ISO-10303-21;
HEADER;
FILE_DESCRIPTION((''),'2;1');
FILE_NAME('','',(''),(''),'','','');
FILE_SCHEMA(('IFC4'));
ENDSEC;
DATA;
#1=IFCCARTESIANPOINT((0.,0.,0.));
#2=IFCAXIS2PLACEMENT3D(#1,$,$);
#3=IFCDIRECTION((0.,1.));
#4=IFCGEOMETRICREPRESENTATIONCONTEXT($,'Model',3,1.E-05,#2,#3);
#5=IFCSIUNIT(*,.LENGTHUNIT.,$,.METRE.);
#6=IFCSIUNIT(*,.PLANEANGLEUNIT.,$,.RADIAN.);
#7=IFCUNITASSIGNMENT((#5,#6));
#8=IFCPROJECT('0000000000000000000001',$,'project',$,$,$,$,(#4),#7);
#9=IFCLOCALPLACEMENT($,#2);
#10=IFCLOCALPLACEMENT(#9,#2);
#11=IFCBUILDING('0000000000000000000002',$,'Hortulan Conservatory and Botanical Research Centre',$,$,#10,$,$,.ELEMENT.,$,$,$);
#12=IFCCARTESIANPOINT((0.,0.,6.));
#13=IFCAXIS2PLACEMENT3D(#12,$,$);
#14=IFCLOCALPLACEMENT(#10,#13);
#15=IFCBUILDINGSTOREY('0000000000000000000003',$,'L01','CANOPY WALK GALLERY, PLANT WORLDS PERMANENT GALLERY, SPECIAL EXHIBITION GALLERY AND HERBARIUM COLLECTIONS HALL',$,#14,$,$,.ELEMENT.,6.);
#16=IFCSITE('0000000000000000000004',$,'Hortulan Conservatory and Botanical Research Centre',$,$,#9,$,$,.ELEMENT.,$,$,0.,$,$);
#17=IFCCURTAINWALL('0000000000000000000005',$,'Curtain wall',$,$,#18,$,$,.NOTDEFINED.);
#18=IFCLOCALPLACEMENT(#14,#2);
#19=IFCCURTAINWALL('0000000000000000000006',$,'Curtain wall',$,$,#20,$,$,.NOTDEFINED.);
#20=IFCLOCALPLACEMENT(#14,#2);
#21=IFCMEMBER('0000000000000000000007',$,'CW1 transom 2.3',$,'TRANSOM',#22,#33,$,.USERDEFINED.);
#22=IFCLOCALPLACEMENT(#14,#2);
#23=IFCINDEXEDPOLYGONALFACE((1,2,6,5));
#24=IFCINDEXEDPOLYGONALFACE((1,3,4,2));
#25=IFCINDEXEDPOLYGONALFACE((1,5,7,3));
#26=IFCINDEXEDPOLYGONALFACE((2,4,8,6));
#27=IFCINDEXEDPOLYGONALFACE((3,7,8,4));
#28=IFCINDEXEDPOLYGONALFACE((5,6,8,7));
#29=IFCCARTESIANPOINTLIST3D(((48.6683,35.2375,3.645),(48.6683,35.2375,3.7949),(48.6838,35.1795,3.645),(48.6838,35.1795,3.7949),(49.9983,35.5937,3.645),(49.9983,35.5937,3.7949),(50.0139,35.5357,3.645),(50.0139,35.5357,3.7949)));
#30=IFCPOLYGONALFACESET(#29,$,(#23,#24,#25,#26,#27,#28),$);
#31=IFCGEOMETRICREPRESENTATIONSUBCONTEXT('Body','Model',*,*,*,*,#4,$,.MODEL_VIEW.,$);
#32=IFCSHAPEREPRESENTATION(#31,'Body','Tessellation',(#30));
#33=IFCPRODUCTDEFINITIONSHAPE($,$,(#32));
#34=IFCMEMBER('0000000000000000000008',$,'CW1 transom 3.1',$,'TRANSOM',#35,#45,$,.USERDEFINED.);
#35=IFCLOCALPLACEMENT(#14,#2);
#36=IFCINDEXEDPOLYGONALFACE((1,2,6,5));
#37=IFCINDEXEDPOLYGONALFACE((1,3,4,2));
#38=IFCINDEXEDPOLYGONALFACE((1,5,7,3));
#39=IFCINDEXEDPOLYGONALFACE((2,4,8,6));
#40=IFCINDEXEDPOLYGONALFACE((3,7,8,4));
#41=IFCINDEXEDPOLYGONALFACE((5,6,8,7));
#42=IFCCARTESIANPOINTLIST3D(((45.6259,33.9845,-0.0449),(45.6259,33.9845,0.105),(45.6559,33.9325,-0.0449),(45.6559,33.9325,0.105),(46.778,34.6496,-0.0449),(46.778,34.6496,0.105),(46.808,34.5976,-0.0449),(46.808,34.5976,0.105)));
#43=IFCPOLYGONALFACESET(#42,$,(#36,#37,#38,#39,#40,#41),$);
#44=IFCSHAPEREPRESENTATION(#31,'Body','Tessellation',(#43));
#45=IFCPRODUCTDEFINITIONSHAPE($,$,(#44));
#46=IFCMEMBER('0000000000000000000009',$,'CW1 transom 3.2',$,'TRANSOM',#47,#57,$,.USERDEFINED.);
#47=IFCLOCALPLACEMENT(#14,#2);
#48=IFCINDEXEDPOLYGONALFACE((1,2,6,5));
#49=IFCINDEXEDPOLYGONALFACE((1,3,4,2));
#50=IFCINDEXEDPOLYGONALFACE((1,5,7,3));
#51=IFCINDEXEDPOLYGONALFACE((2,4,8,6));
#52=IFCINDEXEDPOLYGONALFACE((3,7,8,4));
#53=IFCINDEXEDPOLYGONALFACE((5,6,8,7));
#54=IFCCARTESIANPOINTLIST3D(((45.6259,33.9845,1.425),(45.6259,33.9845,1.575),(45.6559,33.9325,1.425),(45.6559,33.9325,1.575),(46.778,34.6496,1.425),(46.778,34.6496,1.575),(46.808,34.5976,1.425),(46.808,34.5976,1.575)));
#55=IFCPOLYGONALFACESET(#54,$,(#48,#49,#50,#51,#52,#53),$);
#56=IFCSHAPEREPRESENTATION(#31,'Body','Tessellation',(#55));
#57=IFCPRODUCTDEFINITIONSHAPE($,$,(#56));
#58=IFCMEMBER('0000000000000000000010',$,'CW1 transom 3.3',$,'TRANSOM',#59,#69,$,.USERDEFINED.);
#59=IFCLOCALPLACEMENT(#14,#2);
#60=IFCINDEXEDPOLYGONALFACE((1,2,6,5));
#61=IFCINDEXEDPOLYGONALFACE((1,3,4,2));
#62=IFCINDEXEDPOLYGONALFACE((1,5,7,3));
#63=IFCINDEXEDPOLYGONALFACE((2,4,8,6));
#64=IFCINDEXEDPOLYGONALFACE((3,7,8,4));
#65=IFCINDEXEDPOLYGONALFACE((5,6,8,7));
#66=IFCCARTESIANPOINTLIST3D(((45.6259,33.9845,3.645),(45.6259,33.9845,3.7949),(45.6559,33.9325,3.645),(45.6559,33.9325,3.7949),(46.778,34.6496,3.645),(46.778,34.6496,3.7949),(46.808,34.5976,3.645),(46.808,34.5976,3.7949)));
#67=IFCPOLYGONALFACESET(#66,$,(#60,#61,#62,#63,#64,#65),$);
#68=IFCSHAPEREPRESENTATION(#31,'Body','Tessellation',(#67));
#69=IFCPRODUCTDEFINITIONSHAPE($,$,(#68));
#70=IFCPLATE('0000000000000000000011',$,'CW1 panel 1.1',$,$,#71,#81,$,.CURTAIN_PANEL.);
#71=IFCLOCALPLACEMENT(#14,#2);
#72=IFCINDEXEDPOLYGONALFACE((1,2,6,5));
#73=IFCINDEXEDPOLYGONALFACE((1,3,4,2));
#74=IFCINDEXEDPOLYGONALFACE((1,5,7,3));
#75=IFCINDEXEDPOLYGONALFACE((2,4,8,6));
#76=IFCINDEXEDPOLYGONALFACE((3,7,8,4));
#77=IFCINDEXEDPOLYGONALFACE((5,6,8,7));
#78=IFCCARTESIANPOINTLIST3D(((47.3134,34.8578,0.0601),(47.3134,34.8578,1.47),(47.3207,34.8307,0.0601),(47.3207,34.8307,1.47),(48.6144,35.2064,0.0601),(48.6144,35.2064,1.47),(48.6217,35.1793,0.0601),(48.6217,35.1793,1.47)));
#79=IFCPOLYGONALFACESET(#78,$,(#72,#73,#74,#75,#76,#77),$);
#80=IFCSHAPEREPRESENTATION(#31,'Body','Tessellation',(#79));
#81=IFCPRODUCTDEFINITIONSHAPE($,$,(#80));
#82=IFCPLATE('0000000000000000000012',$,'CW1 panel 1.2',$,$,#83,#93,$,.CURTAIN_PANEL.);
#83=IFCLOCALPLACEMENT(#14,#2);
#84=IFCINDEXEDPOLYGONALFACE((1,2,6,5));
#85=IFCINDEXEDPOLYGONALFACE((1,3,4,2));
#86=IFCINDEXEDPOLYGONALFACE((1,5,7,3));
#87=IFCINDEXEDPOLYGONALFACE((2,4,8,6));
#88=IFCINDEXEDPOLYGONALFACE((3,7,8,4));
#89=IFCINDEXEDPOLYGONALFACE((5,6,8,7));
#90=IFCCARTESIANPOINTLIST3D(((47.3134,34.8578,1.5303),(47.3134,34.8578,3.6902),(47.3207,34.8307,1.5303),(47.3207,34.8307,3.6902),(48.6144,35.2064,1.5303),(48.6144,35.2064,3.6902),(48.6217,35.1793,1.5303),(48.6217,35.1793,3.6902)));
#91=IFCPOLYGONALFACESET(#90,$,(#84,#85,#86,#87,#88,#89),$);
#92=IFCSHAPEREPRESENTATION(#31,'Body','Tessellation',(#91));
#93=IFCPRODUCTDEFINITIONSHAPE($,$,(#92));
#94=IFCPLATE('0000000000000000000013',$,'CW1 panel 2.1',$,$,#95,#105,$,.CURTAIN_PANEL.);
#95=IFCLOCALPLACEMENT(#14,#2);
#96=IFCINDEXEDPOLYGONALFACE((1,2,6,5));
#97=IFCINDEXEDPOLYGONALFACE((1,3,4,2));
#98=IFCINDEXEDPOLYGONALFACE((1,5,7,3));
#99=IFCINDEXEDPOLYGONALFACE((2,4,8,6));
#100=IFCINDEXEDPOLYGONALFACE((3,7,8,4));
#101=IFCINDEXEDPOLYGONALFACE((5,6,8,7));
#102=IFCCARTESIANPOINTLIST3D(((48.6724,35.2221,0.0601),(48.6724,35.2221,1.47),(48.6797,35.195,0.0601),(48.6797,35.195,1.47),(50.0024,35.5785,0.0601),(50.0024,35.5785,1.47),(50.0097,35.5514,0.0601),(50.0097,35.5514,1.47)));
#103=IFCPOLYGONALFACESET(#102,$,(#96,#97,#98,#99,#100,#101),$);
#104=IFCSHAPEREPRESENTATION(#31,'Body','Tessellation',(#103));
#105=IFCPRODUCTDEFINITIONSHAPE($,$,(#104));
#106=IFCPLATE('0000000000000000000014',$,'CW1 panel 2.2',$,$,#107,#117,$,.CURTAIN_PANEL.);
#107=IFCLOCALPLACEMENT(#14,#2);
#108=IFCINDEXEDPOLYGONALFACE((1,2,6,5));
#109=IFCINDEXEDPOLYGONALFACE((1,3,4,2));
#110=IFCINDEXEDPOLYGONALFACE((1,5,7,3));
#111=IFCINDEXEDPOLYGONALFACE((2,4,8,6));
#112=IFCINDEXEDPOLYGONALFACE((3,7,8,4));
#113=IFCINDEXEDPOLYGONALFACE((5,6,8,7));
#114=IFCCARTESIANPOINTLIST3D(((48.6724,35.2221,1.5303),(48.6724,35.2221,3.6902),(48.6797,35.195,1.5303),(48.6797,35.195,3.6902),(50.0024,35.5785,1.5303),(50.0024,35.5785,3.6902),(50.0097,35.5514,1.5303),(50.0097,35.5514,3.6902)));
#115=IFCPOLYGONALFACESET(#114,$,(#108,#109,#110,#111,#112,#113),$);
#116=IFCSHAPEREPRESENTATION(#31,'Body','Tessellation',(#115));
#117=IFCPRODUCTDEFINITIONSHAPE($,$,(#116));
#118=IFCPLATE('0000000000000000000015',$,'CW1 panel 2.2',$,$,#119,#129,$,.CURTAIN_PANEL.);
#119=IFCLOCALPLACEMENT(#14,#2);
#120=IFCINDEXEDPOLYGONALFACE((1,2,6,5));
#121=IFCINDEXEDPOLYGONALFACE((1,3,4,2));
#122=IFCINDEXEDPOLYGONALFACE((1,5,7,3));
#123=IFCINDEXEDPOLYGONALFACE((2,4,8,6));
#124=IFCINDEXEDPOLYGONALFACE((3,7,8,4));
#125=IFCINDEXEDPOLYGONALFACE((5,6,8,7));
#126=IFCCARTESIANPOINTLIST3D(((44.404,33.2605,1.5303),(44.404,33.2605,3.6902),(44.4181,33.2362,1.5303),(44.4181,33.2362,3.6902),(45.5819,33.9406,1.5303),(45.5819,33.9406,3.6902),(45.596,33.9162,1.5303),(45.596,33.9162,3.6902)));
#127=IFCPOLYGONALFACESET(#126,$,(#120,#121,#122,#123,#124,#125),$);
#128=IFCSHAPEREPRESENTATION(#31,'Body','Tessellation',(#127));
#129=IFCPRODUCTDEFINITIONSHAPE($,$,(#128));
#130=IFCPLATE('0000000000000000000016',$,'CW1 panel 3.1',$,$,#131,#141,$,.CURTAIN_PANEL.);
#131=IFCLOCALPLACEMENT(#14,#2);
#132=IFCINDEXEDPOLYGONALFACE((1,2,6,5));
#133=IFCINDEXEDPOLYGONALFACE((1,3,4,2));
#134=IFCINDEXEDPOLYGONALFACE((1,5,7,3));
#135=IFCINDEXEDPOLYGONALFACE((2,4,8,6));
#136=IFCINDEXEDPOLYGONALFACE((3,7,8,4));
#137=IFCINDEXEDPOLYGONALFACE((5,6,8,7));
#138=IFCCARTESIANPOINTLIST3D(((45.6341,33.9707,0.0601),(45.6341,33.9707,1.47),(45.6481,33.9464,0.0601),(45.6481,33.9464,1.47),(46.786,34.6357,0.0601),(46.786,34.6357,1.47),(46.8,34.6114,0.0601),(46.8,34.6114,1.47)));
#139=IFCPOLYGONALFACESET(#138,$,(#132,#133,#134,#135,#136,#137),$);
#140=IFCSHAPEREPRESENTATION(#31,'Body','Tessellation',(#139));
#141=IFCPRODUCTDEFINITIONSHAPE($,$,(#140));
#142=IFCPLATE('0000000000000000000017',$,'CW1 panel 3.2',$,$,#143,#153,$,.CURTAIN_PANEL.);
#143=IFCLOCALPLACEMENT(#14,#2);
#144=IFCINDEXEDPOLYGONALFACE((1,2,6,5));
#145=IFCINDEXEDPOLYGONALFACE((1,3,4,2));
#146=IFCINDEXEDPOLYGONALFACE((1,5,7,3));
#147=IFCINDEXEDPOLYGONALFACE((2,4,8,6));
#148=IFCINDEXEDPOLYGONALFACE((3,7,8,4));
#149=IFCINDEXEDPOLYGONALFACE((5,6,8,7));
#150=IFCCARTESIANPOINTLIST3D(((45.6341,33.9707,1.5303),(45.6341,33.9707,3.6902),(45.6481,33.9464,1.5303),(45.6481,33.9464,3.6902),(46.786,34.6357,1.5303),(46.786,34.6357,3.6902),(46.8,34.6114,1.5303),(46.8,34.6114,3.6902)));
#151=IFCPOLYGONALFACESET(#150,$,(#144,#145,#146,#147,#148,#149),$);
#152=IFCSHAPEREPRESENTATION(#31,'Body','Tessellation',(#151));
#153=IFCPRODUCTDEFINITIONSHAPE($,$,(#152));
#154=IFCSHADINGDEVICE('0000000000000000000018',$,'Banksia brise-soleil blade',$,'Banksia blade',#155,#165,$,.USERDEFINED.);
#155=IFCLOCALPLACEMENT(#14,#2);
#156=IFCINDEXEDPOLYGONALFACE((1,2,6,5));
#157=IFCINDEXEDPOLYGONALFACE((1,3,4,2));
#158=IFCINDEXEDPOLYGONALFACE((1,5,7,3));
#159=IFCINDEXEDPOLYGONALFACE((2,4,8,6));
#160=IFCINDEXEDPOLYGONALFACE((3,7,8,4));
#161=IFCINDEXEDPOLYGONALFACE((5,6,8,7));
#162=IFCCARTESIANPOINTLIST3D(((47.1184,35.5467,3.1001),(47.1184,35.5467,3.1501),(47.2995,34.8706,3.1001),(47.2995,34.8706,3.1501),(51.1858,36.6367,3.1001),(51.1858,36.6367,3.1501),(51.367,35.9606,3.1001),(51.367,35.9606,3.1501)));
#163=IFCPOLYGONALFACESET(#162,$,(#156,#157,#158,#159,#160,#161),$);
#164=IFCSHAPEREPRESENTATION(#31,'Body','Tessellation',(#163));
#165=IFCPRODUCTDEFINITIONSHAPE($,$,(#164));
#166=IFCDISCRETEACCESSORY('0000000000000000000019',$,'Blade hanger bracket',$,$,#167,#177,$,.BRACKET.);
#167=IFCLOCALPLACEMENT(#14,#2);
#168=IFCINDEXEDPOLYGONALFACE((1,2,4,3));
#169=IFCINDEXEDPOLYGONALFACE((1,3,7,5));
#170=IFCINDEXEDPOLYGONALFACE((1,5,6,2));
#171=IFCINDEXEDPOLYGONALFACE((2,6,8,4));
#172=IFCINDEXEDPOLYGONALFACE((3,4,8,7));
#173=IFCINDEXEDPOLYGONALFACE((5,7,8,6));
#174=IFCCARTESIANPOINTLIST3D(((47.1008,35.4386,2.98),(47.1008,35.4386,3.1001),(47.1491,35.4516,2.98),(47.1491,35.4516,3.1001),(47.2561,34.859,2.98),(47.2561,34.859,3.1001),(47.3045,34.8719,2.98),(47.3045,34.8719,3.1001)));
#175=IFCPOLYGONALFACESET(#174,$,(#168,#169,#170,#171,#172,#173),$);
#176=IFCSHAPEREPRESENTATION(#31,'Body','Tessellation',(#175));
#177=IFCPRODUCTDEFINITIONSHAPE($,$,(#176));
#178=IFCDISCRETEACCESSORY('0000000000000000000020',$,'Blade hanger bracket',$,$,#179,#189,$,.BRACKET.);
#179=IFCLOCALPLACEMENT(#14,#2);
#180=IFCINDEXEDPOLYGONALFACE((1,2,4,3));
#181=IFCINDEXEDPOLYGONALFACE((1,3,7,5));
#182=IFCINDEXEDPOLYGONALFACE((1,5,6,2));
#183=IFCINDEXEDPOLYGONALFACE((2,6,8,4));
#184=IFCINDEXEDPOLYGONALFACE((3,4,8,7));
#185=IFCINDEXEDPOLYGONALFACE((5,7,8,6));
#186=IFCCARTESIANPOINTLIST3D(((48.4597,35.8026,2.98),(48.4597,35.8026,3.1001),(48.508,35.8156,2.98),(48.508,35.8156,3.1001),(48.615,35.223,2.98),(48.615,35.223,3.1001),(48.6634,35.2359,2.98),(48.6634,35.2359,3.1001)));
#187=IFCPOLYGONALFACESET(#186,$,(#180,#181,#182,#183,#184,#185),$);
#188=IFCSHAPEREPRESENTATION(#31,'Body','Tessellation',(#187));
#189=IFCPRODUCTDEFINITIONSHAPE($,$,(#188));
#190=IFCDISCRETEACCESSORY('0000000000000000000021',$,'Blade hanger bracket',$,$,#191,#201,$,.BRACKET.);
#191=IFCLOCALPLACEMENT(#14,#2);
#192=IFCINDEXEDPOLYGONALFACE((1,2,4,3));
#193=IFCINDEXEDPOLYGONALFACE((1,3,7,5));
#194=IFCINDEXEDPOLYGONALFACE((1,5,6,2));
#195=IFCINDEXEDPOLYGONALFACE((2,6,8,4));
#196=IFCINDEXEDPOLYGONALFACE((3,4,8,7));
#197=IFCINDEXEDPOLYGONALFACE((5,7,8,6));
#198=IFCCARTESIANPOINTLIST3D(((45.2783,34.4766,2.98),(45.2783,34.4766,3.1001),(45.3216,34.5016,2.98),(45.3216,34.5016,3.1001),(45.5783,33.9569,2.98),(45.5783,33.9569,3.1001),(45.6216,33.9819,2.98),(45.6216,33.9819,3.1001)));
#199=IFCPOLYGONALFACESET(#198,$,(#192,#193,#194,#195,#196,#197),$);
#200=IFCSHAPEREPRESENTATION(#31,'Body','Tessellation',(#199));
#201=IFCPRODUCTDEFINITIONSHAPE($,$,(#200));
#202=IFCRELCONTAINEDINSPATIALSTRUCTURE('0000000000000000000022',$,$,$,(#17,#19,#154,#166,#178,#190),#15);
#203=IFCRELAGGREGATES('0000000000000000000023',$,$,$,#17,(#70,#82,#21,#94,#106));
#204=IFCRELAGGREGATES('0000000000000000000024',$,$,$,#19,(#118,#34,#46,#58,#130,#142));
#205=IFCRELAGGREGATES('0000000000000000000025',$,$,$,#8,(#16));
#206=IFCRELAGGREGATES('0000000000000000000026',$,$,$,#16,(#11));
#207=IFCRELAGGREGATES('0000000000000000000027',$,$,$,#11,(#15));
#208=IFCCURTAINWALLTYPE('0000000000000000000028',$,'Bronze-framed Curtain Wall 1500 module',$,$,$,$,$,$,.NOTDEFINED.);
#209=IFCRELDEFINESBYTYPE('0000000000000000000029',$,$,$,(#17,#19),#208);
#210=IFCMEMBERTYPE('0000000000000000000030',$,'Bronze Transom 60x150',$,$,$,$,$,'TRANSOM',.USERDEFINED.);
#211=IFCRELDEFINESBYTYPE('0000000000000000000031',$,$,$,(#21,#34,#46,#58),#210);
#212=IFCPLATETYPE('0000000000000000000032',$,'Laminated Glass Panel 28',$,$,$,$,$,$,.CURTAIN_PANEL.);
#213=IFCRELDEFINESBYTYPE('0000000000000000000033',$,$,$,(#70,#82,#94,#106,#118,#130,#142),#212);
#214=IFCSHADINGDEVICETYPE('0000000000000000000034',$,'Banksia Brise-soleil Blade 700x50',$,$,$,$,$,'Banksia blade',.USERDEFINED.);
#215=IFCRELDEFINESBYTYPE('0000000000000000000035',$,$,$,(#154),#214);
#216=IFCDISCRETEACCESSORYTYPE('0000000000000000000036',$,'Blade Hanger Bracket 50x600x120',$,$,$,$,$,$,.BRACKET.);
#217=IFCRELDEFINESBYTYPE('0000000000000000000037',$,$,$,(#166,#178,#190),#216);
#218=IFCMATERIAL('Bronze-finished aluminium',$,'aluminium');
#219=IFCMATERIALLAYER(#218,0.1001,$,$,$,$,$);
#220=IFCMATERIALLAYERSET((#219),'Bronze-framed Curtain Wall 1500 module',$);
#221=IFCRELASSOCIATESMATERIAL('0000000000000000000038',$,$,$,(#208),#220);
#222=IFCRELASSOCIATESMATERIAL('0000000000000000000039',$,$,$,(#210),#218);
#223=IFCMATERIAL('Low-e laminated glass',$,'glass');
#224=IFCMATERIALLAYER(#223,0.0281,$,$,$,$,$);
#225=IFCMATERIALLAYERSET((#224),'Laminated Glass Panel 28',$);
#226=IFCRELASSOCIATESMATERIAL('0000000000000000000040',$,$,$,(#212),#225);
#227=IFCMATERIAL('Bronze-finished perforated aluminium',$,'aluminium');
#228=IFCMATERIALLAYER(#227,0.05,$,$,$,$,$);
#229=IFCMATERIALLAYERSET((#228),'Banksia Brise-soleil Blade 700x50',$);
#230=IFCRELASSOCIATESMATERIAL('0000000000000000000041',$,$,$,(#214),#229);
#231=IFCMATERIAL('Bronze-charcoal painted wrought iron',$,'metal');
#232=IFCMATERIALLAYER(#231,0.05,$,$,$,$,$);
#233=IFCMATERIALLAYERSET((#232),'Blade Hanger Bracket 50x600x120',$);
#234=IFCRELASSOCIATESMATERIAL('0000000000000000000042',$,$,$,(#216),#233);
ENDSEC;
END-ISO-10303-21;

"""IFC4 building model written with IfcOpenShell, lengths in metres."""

from ifc_helpers import new_model, si_unit, direction, frame, origin, origin_2d, place, context, subcontext, project, spatial, rectangle, extrude, material, layer, layer_set, material_profile, profile_set, type_object, element, aggregate, save


model = new_model("IFC4")

# Units and contexts
model_context = context("Model", 3, precision=1e-05, world=origin(), true_north=direction((0.0, 1.0)))
body_context = subcontext(model_context, "Body", "Model", "MODEL_VIEW")
ifc_project = project(units=[si_unit("LENGTHUNIT", "METRE"), si_unit("PLANEANGLEUNIT", "RADIAN")], contexts=[model_context])

# Site, building, storey
site_placement = place(None, origin())
site = spatial("IfcSite", under=ifc_project, at=site_placement, Name="Hortulan Conservatory and Botanical Research Centre", CompositionType="ELEMENT", RefElevation=0.0)
building_placement = place(site_placement, origin())
building = spatial("IfcBuilding", under=site, at=building_placement, Name="Hortulan Conservatory and Botanical Research Centre", CompositionType="ELEMENT")
storey_placement = place(building_placement, frame((0.0, 0.0, 6.0)))
storey = spatial("IfcBuildingStorey", under=building, at=storey_placement, Name="L01", Description="CANOPY WALK GALLERY, PLANT WORLDS PERMANENT GALLERY, SPECIAL EXHIBITION GALLERY AND HERBARIUM COLLECTIONS HALL", CompositionType="ELEMENT", Elevation=6.0)

# Curtain walls
ifc_material_1 = material(Name="Bronze-finished aluminium", Category="aluminium")
ifc_layer_1 = layer(ifc_material_1, 0.1001)
ifc_layer_set_1 = layer_set([ifc_layer_1], Name="Bronze-framed Curtain Wall 1500 module")
curtain_wall_type = type_object("IfcCurtainWallType", Name="Bronze-framed Curtain Wall 1500 module", PredefinedType="NOTDEFINED", material=ifc_layer_set_1)
curtain_wall_1_placement = place(storey_placement, origin())
curtain_wall_1 = element("IfcCurtainWall", 1, at=curtain_wall_1_placement, inside=storey, type_object=curtain_wall_type, Name="Curtain wall", PredefinedType="NOTDEFINED")
curtain_wall_2_placement = place(storey_placement, origin())
curtain_wall_2 = element("IfcCurtainWall", 2, at=curtain_wall_2_placement, inside=storey, type_object=curtain_wall_type, Name="Curtain wall", PredefinedType="NOTDEFINED")

# Members
ifc_material_profile_1 = material_profile(ifc_material_1, rectangle(XDim=0.0601, YDim=0.1499, at=origin_2d()), Name="Bronze Transom 60x150")
ifc_profile_set_1 = profile_set([ifc_material_profile_1], Name="Bronze-finished aluminium")
member_type_1 = type_object("IfcMemberType", Name="Bronze Transom 60x150", ElementType="TRANSOM", PredefinedType="USERDEFINED", material=ifc_profile_set_1)
member_1_placement = place(storey_placement, frame((48.676, 35.2085, 3.72), z_axis=(0.965961, 0.258689, 0.0), x_axis=(-0.258689, 0.965961, 0.0)))
member_1 = element("IfcMember", 3, at=member_1_placement, type_object=member_type_1, Name="CW1 transom 2.3", ObjectType="TRANSOM", PredefinedType="USERDEFINED", context=body_context, shape_type="SweptSolid", body=[
    extrude(rectangle(XDim=0.0601, YDim=0.1499, at=origin_2d()), origin(), (0.0, 0.0, 1.0), 1.377),
])
member_2_placement = place(storey_placement, frame((45.6409, 33.9585, 0.03), z_axis=(0.866066, 0.499929, 0.0), x_axis=(-0.499929, 0.866066, 0.0)))
member_2 = element("IfcMember", 4, at=member_2_placement, type_object=member_type_1, Name="CW1 transom 3.1", ObjectType="TRANSOM", PredefinedType="USERDEFINED", context=body_context, shape_type="SweptSolid", body=[
    extrude(rectangle(XDim=0.0601, YDim=0.1499, at=origin_2d()), origin(), (0.0, 0.0, 1.0), 1.3303),
])
member_3_placement = place(storey_placement, frame((45.6409, 33.9585, 1.5), z_axis=(0.866066, 0.499929, 0.0), x_axis=(-0.499929, 0.866066, 0.0)))
member_3 = element("IfcMember", 5, at=member_3_placement, type_object=member_type_1, Name="CW1 transom 3.2", ObjectType="TRANSOM", PredefinedType="USERDEFINED", context=body_context, shape_type="SweptSolid", body=[
    extrude(rectangle(XDim=0.0601, YDim=0.1499, at=origin_2d()), origin(), (0.0, 0.0, 1.0), 1.3303),
])
member_4_placement = place(storey_placement, frame((45.6409, 33.9585, 3.72), z_axis=(0.866066, 0.499929, 0.0), x_axis=(-0.499929, 0.866066, 0.0)))
member_4 = element("IfcMember", 6, at=member_4_placement, type_object=member_type_1, Name="CW1 transom 3.3", ObjectType="TRANSOM", PredefinedType="USERDEFINED", context=body_context, shape_type="SweptSolid", body=[
    extrude(rectangle(XDim=0.0601, YDim=0.1499, at=origin_2d()), origin(), (0.0, 0.0, 1.0), 1.3303),
])

# Plates
ifc_material_2 = material(Name="Low-e laminated glass", Category="glass")
ifc_layer_2 = layer(ifc_material_2, 0.0281)
ifc_layer_set_2 = layer_set([ifc_layer_2], Name="Laminated Glass Panel 28")
plate_type = type_object("IfcPlateType", Name="Laminated Glass Panel 28", PredefinedType="CURTAIN_PANEL", material=ifc_layer_set_2)
plate_1_placement = place(storey_placement, frame((47.9675, 35.0186, 0.0601), z_axis=(0.0, 0.0, 1.0), x_axis=(0.965922, 0.258832, 0.0)))
plate_1 = element("IfcPlate", 7, at=plate_1_placement, type_object=plate_type, Name="CW1 panel 1.1", PredefinedType="CURTAIN_PANEL", context=body_context, shape_type="SweptSolid", body=[
    extrude(rectangle(XDim=1.3469, YDim=0.0281, at=origin_2d()), origin(), (0.0, 0.0, 1.0), 1.4099),
])
plate_2_placement = place(storey_placement, frame((47.9675, 35.0186, 1.5303), z_axis=(0.0, 0.0, 1.0), x_axis=(0.965922, 0.258832, 0.0)))
plate_2 = element("IfcPlate", 8, at=plate_2_placement, type_object=plate_type, Name="CW1 panel 1.2", PredefinedType="CURTAIN_PANEL", context=body_context, shape_type="SweptSolid", body=[
    extrude(rectangle(XDim=1.3469, YDim=0.0281, at=origin_2d()), origin(), (0.0, 0.0, 1.0), 2.1599),
])
plate_3_placement = place(storey_placement, frame((49.3411, 35.3867, 0.0601), z_axis=(0.0, 0.0, 1.0), x_axis=(0.965922, 0.258832, 0.0)))
plate_3 = element("IfcPlate", 9, at=plate_3_placement, type_object=plate_type, Name="CW1 panel 2.1", PredefinedType="CURTAIN_PANEL", context=body_context, shape_type="SweptSolid", body=[
    extrude(rectangle(XDim=1.377, YDim=0.0281, at=origin_2d()), origin(), (0.0, 0.0, 1.0), 1.4099),
])
plate_4_placement = place(storey_placement, frame((49.3411, 35.3867, 1.5303), z_axis=(0.0, 0.0, 1.0), x_axis=(0.965922, 0.258832, 0.0)))
plate_4 = element("IfcPlate", 10, at=plate_4_placement, type_object=plate_type, Name="CW1 panel 2.2", PredefinedType="CURTAIN_PANEL", context=body_context, shape_type="SweptSolid", body=[
    extrude(rectangle(XDim=1.377, YDim=0.0281, at=origin_2d()), origin(), (0.0, 0.0, 1.0), 2.1599),
])
aggregate(curtain_wall_1, [plate_1, plate_2, member_1, plate_3, plate_4])
plate_5_placement = place(storey_placement, frame((45.0, 33.5884, 1.5303), z_axis=(0.0, 0.0, 1.0), x_axis=(0.866036, 0.499981, 0.0)))
plate_5 = element("IfcPlate", 11, at=plate_5_placement, type_object=plate_type, Name="CW1 panel 2.2", PredefinedType="CURTAIN_PANEL", context=body_context, shape_type="SweptSolid", body=[
    extrude(rectangle(XDim=1.3601, YDim=0.0281, at=origin_2d()), origin(), (0.0, 0.0, 1.0), 2.1599),
])
plate_6_placement = place(storey_placement, frame((46.217, 34.291, 0.0601), z_axis=(0.0, 0.0, 1.0), x_axis=(0.866036, 0.499981, 0.0)))
plate_6 = element("IfcPlate", 12, at=plate_6_placement, type_object=plate_type, Name="CW1 panel 3.1", PredefinedType="CURTAIN_PANEL", context=body_context, shape_type="SweptSolid", body=[
    extrude(rectangle(XDim=1.3301, YDim=0.0281, at=origin_2d()), origin(), (0.0, 0.0, 1.0), 1.4099),
])
plate_7_placement = place(storey_placement, frame((46.217, 34.291, 1.5303), z_axis=(0.0, 0.0, 1.0), x_axis=(0.866036, 0.499981, 0.0)))
plate_7 = element("IfcPlate", 13, at=plate_7_placement, type_object=plate_type, Name="CW1 panel 3.2", PredefinedType="CURTAIN_PANEL", context=body_context, shape_type="SweptSolid", body=[
    extrude(rectangle(XDim=1.3301, YDim=0.0281, at=origin_2d()), origin(), (0.0, 0.0, 1.0), 2.1599),
])
aggregate(curtain_wall_2, [plate_5, member_2, member_3, member_4, plate_6, plate_7])

# Shading device
ifc_material_3 = material(Name="Bronze-finished perforated aluminium", Category="aluminium")
ifc_layer_3 = layer(ifc_material_3, 0.05)
ifc_layer_set_3 = layer_set([ifc_layer_3], Name="Banksia Brise-soleil Blade 700x50")
shading_device_type = type_object("IfcShadingDeviceType", Name="Banksia Brise-soleil Blade 700x50", ElementType="Banksia blade", PredefinedType="USERDEFINED", material=ifc_layer_set_3)
shading_device_placement = place(storey_placement, frame((49.2427, 35.7537, 3.1001), z_axis=(0.0, 0.0, 1.0), x_axis=(0.965922, 0.258833, 0.0)))
element("IfcShadingDevice", 14, at=shading_device_placement, inside=storey, type_object=shading_device_type, Name="Banksia brise-soleil blade", ObjectType="Banksia blade", PredefinedType="USERDEFINED", context=body_context, shape_type="SweptSolid", body=[
    extrude(rectangle(XDim=4.2109, YDim=0.7, at=origin_2d()), origin(), (0.0, 0.0, 1.0), 0.05),
])

# Discrete accessories
ifc_material_4 = material(Name="Bronze-charcoal painted wrought iron", Category="metal")
ifc_layer_4 = layer(ifc_material_4, 0.05)
ifc_layer_set_4 = layer_set([ifc_layer_4], Name="Blade Hanger Bracket 50x600x120")
discrete_accessory_type = type_object("IfcDiscreteAccessoryType", Name="Blade Hanger Bracket 50x600x120", PredefinedType="BRACKET", material=ifc_layer_set_4)
for number, where, z_axis, x_axis, name in (
    (15, (47.2026, 35.1553, 2.98), (0.0, 0.0, 1.0), (0.965922, 0.258833, 0.0), "Blade hanger bracket"),
    (16, (48.5615, 35.5193, 2.98), (0.0, 0.0, 1.0), (0.965922, 0.258833, 0.0), "Blade hanger bracket"),
    (17, (45.45, 34.2292, 2.98), (0.0, 0.0, 1.0), (0.866036, 0.499982, 0.0), "Blade hanger bracket"),
):
    element("IfcDiscreteAccessory", number, at=place(storey_placement, frame(where, z_axis=z_axis, x_axis=x_axis)), inside=storey, type_object=discrete_accessory_type, Name=name, PredefinedType="BRACKET", context=body_context, shape_type="SweptSolid", body=[
        extrude(rectangle(XDim=0.05, YDim=0.6001, at=origin_2d()), origin(), (0.0, 0.0, 1.0), 0.1201),
    ])

save(model, "model.ifc")
